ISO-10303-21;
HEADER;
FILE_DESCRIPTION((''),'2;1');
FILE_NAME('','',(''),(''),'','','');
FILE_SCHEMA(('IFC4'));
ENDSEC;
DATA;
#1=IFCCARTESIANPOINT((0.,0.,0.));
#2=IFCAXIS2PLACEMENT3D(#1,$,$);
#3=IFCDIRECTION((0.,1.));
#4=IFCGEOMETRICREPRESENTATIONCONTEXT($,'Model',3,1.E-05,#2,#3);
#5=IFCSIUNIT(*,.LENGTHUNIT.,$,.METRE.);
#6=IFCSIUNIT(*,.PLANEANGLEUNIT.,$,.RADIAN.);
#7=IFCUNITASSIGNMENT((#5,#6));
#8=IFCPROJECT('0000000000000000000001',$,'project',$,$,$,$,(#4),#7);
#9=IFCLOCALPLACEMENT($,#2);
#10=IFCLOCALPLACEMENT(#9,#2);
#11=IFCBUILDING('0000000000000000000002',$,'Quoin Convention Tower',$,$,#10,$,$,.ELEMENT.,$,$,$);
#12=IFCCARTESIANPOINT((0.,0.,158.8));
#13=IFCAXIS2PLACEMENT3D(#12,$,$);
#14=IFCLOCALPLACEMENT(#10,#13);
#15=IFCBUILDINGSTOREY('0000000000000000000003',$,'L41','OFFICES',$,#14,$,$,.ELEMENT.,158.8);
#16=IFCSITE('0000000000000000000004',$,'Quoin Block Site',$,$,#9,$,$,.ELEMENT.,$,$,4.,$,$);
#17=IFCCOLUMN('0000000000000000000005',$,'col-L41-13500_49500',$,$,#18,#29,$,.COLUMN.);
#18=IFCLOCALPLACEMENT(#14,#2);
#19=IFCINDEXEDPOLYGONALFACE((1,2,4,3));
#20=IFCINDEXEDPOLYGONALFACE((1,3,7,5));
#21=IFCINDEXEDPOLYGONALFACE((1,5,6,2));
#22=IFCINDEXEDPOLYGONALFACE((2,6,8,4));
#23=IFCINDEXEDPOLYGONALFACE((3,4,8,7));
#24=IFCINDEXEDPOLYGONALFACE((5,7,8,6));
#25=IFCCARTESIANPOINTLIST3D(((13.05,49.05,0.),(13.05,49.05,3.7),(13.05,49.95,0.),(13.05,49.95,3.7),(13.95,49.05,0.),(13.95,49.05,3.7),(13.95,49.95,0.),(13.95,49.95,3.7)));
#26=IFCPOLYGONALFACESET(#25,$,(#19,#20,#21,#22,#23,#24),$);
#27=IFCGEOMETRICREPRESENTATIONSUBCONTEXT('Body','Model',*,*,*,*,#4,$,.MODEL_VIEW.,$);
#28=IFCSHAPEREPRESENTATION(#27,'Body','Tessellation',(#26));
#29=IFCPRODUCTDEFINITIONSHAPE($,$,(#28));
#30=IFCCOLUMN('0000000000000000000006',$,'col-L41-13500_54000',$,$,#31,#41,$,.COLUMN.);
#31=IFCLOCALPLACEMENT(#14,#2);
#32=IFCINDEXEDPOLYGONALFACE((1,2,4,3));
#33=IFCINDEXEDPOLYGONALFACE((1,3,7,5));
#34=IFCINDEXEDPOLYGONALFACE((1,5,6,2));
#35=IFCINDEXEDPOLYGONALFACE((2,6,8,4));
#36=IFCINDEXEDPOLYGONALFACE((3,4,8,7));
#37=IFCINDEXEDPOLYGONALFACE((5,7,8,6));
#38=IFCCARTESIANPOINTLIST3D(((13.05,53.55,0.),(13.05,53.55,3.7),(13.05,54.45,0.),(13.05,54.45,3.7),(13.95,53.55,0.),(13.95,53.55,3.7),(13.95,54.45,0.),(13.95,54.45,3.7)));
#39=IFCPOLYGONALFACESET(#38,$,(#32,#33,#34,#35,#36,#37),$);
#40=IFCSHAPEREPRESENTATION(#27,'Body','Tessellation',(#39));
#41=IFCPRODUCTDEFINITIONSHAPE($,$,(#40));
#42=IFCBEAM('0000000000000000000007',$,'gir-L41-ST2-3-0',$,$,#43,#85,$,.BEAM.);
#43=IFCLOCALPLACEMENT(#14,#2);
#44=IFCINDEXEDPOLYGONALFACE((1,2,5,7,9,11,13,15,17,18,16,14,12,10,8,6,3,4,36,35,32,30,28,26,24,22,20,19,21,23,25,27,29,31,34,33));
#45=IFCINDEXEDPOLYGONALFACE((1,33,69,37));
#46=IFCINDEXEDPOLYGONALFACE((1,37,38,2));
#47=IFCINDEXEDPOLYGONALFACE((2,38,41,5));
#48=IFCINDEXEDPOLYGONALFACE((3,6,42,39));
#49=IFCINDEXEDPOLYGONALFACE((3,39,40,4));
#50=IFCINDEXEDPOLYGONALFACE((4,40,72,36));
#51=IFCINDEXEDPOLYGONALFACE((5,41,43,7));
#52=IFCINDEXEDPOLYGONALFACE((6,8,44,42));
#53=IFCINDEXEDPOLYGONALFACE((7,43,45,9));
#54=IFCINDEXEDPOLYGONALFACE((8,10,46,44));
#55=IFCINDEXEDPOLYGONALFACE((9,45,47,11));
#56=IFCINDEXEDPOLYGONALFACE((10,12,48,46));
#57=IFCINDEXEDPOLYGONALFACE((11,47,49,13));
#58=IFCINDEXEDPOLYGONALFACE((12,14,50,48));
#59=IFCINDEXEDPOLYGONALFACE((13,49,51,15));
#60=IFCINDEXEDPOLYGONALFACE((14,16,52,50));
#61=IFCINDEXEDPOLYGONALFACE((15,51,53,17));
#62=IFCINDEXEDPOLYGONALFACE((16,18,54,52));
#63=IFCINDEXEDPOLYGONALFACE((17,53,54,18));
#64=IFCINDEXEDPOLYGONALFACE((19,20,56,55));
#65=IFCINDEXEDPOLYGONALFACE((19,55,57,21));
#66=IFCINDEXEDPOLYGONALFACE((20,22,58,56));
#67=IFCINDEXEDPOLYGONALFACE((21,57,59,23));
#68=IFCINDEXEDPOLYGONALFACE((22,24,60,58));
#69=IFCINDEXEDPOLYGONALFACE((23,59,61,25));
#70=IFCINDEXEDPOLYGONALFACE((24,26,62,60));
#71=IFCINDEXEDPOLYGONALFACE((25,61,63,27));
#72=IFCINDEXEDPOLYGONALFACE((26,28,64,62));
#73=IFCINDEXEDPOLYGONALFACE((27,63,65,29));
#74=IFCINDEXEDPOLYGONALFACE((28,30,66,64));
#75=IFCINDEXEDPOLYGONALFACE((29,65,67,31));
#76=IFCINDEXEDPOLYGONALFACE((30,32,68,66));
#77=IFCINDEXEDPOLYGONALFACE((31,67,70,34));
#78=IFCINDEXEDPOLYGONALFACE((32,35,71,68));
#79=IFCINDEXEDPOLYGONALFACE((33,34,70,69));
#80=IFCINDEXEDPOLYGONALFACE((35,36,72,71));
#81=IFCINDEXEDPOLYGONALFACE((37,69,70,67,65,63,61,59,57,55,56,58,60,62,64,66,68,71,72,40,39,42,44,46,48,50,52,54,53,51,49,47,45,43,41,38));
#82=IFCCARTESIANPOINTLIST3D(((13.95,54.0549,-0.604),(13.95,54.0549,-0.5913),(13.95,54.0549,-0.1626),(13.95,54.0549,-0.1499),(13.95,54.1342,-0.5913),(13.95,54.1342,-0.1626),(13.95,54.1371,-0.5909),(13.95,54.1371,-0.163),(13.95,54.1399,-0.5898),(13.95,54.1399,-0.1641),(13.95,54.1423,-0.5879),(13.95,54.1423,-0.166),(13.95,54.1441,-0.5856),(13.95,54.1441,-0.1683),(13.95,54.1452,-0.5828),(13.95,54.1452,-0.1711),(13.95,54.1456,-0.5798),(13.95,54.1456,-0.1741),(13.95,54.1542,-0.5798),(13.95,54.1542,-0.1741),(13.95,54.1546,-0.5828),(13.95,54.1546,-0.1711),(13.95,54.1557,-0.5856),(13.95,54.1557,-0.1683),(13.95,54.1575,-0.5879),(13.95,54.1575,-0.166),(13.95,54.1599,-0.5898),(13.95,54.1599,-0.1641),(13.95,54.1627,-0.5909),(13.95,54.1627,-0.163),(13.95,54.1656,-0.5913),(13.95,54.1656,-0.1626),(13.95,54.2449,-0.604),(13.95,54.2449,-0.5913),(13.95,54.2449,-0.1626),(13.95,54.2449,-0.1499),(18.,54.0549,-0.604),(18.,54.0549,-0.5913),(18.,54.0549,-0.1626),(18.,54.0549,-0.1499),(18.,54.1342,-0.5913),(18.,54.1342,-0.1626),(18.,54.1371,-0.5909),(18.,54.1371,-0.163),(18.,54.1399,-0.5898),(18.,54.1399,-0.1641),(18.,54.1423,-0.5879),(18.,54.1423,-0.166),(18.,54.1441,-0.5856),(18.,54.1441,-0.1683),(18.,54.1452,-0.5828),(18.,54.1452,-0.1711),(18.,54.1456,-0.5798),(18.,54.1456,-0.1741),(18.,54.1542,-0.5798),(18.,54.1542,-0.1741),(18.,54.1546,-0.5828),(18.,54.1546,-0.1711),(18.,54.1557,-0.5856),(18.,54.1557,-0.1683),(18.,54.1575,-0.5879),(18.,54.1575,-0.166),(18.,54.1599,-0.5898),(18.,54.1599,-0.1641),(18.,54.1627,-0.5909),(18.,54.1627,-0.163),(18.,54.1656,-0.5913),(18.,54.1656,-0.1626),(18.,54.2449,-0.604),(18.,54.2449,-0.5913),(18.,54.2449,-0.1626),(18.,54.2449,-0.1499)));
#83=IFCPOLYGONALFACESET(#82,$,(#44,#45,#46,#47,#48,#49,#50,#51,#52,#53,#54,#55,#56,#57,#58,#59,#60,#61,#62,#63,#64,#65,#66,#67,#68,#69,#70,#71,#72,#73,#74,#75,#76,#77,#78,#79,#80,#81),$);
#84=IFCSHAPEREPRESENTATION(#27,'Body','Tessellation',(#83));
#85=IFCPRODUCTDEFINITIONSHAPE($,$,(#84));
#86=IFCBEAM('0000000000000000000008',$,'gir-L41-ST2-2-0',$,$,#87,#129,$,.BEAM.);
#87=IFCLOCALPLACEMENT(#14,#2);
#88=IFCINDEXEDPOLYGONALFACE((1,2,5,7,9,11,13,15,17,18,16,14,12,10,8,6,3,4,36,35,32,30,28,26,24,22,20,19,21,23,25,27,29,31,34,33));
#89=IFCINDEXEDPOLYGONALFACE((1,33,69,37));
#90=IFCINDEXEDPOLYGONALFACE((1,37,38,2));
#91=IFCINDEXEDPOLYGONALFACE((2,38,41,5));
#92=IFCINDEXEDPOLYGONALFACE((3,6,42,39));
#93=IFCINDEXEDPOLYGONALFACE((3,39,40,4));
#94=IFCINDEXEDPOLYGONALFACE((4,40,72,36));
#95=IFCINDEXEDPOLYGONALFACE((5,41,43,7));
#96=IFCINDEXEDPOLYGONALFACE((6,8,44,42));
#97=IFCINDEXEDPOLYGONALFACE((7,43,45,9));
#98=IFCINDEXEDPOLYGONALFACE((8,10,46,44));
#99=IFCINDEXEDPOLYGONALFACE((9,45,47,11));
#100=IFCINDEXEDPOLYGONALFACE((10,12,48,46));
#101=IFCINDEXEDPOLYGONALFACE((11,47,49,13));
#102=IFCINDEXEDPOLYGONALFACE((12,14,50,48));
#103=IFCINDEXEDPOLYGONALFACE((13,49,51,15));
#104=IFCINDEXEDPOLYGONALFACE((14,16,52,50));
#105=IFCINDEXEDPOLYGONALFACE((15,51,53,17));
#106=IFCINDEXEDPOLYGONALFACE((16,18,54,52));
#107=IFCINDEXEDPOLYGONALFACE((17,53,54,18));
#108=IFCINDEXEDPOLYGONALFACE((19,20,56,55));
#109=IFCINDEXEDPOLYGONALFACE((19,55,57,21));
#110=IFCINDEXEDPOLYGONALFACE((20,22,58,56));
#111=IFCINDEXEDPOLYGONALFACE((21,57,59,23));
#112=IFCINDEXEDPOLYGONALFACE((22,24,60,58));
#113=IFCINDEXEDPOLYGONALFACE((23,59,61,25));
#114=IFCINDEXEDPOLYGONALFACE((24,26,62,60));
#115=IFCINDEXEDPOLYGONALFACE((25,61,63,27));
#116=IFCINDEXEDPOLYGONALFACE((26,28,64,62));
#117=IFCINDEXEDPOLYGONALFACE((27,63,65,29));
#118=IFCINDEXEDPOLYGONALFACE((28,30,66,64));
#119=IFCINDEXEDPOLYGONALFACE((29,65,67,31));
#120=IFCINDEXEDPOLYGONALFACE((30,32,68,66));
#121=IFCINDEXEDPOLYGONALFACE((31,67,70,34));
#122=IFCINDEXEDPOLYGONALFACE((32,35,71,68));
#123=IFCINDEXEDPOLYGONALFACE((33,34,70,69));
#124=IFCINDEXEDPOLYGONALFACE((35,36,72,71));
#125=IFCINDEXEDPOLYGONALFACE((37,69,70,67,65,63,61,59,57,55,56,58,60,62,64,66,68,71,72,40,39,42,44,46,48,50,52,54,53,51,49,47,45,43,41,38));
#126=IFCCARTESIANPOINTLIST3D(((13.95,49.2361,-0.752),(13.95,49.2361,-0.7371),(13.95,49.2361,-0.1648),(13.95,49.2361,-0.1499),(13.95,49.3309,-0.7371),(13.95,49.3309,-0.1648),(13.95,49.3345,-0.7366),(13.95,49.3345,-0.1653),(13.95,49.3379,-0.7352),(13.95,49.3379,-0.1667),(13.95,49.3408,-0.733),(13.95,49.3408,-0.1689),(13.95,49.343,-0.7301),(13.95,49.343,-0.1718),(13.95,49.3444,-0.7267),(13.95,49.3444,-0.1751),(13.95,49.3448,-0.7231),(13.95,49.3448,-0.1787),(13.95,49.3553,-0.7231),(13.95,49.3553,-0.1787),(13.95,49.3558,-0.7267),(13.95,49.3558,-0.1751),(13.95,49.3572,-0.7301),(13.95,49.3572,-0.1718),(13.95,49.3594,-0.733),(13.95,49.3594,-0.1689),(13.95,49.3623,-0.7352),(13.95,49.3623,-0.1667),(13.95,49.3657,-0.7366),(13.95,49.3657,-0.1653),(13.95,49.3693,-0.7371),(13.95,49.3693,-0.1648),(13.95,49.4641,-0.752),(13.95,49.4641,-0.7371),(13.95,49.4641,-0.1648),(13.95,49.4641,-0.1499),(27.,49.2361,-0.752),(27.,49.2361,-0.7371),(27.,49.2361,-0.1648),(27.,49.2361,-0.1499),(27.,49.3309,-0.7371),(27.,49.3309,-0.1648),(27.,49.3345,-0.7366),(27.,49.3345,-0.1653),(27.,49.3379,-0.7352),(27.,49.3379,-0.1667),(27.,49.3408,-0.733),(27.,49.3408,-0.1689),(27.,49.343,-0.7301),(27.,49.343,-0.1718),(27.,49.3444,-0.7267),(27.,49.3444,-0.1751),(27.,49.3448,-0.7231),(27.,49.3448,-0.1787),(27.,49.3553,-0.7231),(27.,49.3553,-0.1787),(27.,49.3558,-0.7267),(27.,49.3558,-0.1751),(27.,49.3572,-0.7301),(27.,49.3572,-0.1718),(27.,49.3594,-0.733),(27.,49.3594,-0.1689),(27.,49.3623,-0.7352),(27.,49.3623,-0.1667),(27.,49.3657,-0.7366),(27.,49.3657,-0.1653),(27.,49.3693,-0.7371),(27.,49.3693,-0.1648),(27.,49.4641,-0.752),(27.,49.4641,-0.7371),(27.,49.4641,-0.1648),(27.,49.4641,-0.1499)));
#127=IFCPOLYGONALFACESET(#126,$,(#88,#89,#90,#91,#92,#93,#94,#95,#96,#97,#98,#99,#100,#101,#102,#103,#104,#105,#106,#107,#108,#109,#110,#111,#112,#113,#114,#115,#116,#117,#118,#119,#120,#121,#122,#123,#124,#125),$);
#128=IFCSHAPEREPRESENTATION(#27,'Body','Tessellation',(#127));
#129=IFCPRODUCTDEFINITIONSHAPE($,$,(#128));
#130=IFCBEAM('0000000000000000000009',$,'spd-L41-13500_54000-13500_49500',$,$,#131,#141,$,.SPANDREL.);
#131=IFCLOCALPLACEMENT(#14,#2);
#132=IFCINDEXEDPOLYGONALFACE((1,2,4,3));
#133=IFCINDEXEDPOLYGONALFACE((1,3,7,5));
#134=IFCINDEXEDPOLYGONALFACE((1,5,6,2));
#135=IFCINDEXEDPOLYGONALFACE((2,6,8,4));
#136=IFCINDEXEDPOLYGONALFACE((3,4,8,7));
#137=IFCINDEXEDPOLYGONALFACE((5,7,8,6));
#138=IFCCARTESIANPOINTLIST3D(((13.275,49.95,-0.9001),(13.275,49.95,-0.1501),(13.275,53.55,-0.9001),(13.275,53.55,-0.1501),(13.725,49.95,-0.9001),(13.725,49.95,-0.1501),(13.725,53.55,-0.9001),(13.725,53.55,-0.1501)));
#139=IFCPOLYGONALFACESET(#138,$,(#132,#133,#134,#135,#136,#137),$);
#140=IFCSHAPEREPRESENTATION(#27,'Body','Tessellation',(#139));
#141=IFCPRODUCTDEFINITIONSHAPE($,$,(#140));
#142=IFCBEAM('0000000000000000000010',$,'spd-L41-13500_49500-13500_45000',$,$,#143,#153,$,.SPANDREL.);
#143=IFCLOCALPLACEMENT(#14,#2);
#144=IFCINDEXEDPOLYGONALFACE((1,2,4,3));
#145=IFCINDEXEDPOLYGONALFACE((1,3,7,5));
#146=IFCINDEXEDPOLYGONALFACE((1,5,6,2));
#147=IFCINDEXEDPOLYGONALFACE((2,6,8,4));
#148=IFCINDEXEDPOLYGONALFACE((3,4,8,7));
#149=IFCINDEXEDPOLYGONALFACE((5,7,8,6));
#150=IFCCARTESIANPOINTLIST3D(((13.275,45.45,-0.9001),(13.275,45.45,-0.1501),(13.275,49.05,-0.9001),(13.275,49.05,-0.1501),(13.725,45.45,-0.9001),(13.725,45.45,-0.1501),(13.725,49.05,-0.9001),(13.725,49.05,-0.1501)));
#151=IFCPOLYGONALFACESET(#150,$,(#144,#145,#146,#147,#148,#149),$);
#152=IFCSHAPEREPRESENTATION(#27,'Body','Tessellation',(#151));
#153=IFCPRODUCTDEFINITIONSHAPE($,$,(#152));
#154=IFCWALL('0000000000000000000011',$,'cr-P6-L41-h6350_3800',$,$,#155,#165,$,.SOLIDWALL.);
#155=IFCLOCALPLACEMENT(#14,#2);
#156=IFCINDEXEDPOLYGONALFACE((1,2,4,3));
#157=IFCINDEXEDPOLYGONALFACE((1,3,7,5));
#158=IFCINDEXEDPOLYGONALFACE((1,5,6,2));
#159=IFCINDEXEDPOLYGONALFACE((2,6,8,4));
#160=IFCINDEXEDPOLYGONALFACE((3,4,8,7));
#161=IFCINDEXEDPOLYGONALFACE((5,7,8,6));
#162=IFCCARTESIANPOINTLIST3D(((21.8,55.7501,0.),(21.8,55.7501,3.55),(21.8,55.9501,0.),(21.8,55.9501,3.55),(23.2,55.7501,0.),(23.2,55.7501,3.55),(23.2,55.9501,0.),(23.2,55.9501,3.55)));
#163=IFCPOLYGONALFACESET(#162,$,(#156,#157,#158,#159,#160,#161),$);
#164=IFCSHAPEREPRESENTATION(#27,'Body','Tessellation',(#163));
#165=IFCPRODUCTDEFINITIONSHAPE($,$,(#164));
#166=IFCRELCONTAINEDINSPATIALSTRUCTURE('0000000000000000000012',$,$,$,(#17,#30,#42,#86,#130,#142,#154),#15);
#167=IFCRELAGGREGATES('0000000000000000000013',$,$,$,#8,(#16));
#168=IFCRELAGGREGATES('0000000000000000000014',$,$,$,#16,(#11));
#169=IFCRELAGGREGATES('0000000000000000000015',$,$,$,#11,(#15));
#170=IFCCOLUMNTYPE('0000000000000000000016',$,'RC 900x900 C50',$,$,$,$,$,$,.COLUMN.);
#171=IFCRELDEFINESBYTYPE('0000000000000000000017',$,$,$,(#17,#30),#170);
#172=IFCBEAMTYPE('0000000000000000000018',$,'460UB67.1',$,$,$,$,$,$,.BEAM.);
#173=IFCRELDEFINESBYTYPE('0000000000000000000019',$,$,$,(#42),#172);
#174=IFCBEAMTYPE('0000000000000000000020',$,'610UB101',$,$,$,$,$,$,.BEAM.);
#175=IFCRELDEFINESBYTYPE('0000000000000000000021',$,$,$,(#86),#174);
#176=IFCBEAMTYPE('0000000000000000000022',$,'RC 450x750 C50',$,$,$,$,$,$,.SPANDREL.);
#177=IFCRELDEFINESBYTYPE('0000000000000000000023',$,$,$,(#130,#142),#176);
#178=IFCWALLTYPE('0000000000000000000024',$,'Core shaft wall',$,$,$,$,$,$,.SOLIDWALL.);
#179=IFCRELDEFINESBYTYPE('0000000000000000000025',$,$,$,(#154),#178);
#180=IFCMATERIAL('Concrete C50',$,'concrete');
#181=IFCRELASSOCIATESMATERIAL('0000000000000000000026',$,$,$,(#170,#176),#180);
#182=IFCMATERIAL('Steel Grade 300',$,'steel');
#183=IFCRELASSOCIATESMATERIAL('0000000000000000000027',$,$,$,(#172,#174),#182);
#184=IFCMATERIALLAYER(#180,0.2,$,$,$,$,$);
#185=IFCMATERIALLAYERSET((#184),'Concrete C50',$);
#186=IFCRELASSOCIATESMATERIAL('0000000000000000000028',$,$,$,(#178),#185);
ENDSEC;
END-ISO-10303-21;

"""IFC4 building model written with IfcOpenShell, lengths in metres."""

from ifc_helpers import new_model, si_unit, direction, frame, frame_2d, origin, origin_2d, place, context, subcontext, project, spatial, rectangle, i_section, extrude, material, layer, layer_set, material_profile, profile_set, type_object, element, save


model = new_model("IFC4")

# Units and contexts
model_context = context("Model", 3, precision=1e-05, world=origin(), true_north=direction((0.0, 1.0)))
body_context = subcontext(model_context, "Body", "Model", "MODEL_VIEW")
ifc_project = project(units=[si_unit("LENGTHUNIT", "METRE"), si_unit("PLANEANGLEUNIT", "RADIAN")], contexts=[model_context])

# Site, building, storey
site_placement = place(None, origin())
site = spatial("IfcSite", under=ifc_project, at=site_placement, Name="Quoin Block Site", CompositionType="ELEMENT", RefElevation=4.0)
building_placement = place(site_placement, origin())
building = spatial("IfcBuilding", under=site, at=building_placement, Name="Quoin Convention Tower", CompositionType="ELEMENT")
storey_placement = place(building_placement, frame((0.0, 0.0, 158.8)))
storey = spatial("IfcBuildingStorey", under=building, at=storey_placement, Name="L41", Description="OFFICES", CompositionType="ELEMENT", Elevation=158.8)

# Columns
ifc_material_1 = material(Name="Concrete C50", Category="concrete")
ifc_material_profile_1 = material_profile(ifc_material_1, rectangle(XDim=0.8999, YDim=0.8999, at=origin_2d()), Name="RC 900x900")
ifc_profile_set_1 = profile_set([ifc_material_profile_1], Name="Concrete C50")
column_type = type_object("IfcColumnType", Name="RC 900x900 C50", PredefinedType="COLUMN", material=ifc_profile_set_1)
for number, where, z_axis, x_axis, name in (
    (1, (13.5, 49.5, 0.0), (0.0, 0.0, 1.0), (1.0, 0.0, 0.0), "col-L41-13500_49500"),
    (2, (13.5, 54.0, 0.0), (0.0, 0.0, 1.0), (1.0, 0.0, 0.0), "col-L41-13500_54000"),
):
    element("IfcColumn", number, at=place(storey_placement, frame(where, z_axis=z_axis, x_axis=x_axis)), inside=storey, type_object=column_type, Name=name, PredefinedType="COLUMN", context=body_context, shape_type="SweptSolid", body=[
        extrude(rectangle(XDim=0.8999, YDim=0.8999, at=origin_2d()), origin(), (0.0, 0.0, 1.0), 3.7),
    ])

# Beams
ifc_material_2 = material(Name="Steel Grade 300", Category="steel")
ifc_material_profile_2 = material_profile(ifc_material_2, i_section(OverallWidth=0.1899, OverallDepth=0.4541, WebThickness=0.0085, FlangeThickness=0.0127, FilletRadius=0.0115, at=origin_2d()), Name="460UB67.1")
ifc_profile_set_2 = profile_set([ifc_material_profile_2], Name="Steel Grade 300")
beam_type_1 = type_object("IfcBeamType", Name="460UB67.1", PredefinedType="BEAM", material=ifc_profile_set_2)
beam_1_placement = place(storey_placement, frame((13.95, 54.1499, -0.377), z_axis=(1.0, 0.0, 0.0), x_axis=(0.0, 1.0, 0.0)))
element("IfcBeam", 3, at=beam_1_placement, inside=storey, type_object=beam_type_1, Name="gir-L41-ST2-3-0", PredefinedType="BEAM", context=body_context, shape_type="SweptSolid", body=[
    extrude(i_section(OverallWidth=0.1899, OverallDepth=0.4541, WebThickness=0.0085, FlangeThickness=0.0127, FilletRadius=0.0115, at=origin_2d()), origin(), (0.0, 0.0, 1.0), 4.05),
])
ifc_material_profile_3 = material_profile(ifc_material_2, i_section(OverallWidth=0.228, OverallDepth=0.6021, WebThickness=0.0105, FlangeThickness=0.0149, FilletRadius=0.0139, at=origin_2d()), Name="610UB101")
ifc_profile_set_3 = profile_set([ifc_material_profile_3], Name="Steel Grade 300")
beam_type_2 = type_object("IfcBeamType", Name="610UB101", PredefinedType="BEAM", material=ifc_profile_set_3)
beam_2_placement = place(storey_placement, frame((13.95, 49.3501, -0.4509), z_axis=(1.0, 0.0, 0.0), x_axis=(0.0, 1.0, 0.0)))
element("IfcBeam", 4, at=beam_2_placement, inside=storey, type_object=beam_type_2, Name="gir-L41-ST2-2-0", PredefinedType="BEAM", context=body_context, shape_type="SweptSolid", body=[
    extrude(i_section(OverallWidth=0.228, OverallDepth=0.6021, WebThickness=0.0105, FlangeThickness=0.0149, FilletRadius=0.0139, at=origin_2d()), origin(), (0.0, 0.0, 1.0), 13.05),
])
ifc_material_profile_4 = material_profile(ifc_material_1, rectangle(XDim=0.45, YDim=0.75, at=origin_2d()), Name="RC 450x750")
ifc_profile_set_4 = profile_set([ifc_material_profile_4], Name="Concrete C50")
beam_type_3 = type_object("IfcBeamType", Name="RC 450x750 C50", PredefinedType="SPANDREL", material=ifc_profile_set_4)
for number, where, z_axis, x_axis, name in (
    (5, (13.5, 53.55, -0.5251), (0.0, -1.0, 0.0), (1.0, 0.0, 0.0), "spd-L41-13500_54000-13500_49500"),
    (6, (13.5, 49.05, -0.5251), (0.0, -1.0, 0.0), (1.0, 0.0, 0.0), "spd-L41-13500_49500-13500_45000"),
):
    element("IfcBeam", number, at=place(storey_placement, frame(where, z_axis=z_axis, x_axis=x_axis)), inside=storey, type_object=beam_type_3, Name=name, PredefinedType="SPANDREL", context=body_context, shape_type="SweptSolid", body=[
        extrude(rectangle(XDim=0.45, YDim=0.75, at=origin_2d()), origin(), (0.0, 0.0, 1.0), 3.6001),
    ])

# Wall
ifc_layer_1 = layer(ifc_material_1, 0.2)
ifc_layer_set_1 = layer_set([ifc_layer_1], Name="Concrete C50")
wall_type_1 = type_object("IfcWallType", Name="Core shaft wall", PredefinedType="SOLIDWALL", material=ifc_layer_set_1)
wall_1_placement = place(storey_placement, frame((21.8, 55.8501, 0.0), z_axis=(0.0, 0.0, 1.0), x_axis=(1.0, 0.0, 0.0)))
element("IfcWall", 7, at=wall_1_placement, inside=storey, type_object=wall_type_1, Name="cr-P6-L41-h6350_3800", PredefinedType="SOLIDWALL", context=body_context, shape_type="SweptSolid", body=[
    extrude(rectangle(XDim=1.3999, YDim=0.2, at=frame_2d((0.7, 0.0))), origin(), (0.0, 0.0, 1.0), 3.55),
])

save(model, "model.ifc")
